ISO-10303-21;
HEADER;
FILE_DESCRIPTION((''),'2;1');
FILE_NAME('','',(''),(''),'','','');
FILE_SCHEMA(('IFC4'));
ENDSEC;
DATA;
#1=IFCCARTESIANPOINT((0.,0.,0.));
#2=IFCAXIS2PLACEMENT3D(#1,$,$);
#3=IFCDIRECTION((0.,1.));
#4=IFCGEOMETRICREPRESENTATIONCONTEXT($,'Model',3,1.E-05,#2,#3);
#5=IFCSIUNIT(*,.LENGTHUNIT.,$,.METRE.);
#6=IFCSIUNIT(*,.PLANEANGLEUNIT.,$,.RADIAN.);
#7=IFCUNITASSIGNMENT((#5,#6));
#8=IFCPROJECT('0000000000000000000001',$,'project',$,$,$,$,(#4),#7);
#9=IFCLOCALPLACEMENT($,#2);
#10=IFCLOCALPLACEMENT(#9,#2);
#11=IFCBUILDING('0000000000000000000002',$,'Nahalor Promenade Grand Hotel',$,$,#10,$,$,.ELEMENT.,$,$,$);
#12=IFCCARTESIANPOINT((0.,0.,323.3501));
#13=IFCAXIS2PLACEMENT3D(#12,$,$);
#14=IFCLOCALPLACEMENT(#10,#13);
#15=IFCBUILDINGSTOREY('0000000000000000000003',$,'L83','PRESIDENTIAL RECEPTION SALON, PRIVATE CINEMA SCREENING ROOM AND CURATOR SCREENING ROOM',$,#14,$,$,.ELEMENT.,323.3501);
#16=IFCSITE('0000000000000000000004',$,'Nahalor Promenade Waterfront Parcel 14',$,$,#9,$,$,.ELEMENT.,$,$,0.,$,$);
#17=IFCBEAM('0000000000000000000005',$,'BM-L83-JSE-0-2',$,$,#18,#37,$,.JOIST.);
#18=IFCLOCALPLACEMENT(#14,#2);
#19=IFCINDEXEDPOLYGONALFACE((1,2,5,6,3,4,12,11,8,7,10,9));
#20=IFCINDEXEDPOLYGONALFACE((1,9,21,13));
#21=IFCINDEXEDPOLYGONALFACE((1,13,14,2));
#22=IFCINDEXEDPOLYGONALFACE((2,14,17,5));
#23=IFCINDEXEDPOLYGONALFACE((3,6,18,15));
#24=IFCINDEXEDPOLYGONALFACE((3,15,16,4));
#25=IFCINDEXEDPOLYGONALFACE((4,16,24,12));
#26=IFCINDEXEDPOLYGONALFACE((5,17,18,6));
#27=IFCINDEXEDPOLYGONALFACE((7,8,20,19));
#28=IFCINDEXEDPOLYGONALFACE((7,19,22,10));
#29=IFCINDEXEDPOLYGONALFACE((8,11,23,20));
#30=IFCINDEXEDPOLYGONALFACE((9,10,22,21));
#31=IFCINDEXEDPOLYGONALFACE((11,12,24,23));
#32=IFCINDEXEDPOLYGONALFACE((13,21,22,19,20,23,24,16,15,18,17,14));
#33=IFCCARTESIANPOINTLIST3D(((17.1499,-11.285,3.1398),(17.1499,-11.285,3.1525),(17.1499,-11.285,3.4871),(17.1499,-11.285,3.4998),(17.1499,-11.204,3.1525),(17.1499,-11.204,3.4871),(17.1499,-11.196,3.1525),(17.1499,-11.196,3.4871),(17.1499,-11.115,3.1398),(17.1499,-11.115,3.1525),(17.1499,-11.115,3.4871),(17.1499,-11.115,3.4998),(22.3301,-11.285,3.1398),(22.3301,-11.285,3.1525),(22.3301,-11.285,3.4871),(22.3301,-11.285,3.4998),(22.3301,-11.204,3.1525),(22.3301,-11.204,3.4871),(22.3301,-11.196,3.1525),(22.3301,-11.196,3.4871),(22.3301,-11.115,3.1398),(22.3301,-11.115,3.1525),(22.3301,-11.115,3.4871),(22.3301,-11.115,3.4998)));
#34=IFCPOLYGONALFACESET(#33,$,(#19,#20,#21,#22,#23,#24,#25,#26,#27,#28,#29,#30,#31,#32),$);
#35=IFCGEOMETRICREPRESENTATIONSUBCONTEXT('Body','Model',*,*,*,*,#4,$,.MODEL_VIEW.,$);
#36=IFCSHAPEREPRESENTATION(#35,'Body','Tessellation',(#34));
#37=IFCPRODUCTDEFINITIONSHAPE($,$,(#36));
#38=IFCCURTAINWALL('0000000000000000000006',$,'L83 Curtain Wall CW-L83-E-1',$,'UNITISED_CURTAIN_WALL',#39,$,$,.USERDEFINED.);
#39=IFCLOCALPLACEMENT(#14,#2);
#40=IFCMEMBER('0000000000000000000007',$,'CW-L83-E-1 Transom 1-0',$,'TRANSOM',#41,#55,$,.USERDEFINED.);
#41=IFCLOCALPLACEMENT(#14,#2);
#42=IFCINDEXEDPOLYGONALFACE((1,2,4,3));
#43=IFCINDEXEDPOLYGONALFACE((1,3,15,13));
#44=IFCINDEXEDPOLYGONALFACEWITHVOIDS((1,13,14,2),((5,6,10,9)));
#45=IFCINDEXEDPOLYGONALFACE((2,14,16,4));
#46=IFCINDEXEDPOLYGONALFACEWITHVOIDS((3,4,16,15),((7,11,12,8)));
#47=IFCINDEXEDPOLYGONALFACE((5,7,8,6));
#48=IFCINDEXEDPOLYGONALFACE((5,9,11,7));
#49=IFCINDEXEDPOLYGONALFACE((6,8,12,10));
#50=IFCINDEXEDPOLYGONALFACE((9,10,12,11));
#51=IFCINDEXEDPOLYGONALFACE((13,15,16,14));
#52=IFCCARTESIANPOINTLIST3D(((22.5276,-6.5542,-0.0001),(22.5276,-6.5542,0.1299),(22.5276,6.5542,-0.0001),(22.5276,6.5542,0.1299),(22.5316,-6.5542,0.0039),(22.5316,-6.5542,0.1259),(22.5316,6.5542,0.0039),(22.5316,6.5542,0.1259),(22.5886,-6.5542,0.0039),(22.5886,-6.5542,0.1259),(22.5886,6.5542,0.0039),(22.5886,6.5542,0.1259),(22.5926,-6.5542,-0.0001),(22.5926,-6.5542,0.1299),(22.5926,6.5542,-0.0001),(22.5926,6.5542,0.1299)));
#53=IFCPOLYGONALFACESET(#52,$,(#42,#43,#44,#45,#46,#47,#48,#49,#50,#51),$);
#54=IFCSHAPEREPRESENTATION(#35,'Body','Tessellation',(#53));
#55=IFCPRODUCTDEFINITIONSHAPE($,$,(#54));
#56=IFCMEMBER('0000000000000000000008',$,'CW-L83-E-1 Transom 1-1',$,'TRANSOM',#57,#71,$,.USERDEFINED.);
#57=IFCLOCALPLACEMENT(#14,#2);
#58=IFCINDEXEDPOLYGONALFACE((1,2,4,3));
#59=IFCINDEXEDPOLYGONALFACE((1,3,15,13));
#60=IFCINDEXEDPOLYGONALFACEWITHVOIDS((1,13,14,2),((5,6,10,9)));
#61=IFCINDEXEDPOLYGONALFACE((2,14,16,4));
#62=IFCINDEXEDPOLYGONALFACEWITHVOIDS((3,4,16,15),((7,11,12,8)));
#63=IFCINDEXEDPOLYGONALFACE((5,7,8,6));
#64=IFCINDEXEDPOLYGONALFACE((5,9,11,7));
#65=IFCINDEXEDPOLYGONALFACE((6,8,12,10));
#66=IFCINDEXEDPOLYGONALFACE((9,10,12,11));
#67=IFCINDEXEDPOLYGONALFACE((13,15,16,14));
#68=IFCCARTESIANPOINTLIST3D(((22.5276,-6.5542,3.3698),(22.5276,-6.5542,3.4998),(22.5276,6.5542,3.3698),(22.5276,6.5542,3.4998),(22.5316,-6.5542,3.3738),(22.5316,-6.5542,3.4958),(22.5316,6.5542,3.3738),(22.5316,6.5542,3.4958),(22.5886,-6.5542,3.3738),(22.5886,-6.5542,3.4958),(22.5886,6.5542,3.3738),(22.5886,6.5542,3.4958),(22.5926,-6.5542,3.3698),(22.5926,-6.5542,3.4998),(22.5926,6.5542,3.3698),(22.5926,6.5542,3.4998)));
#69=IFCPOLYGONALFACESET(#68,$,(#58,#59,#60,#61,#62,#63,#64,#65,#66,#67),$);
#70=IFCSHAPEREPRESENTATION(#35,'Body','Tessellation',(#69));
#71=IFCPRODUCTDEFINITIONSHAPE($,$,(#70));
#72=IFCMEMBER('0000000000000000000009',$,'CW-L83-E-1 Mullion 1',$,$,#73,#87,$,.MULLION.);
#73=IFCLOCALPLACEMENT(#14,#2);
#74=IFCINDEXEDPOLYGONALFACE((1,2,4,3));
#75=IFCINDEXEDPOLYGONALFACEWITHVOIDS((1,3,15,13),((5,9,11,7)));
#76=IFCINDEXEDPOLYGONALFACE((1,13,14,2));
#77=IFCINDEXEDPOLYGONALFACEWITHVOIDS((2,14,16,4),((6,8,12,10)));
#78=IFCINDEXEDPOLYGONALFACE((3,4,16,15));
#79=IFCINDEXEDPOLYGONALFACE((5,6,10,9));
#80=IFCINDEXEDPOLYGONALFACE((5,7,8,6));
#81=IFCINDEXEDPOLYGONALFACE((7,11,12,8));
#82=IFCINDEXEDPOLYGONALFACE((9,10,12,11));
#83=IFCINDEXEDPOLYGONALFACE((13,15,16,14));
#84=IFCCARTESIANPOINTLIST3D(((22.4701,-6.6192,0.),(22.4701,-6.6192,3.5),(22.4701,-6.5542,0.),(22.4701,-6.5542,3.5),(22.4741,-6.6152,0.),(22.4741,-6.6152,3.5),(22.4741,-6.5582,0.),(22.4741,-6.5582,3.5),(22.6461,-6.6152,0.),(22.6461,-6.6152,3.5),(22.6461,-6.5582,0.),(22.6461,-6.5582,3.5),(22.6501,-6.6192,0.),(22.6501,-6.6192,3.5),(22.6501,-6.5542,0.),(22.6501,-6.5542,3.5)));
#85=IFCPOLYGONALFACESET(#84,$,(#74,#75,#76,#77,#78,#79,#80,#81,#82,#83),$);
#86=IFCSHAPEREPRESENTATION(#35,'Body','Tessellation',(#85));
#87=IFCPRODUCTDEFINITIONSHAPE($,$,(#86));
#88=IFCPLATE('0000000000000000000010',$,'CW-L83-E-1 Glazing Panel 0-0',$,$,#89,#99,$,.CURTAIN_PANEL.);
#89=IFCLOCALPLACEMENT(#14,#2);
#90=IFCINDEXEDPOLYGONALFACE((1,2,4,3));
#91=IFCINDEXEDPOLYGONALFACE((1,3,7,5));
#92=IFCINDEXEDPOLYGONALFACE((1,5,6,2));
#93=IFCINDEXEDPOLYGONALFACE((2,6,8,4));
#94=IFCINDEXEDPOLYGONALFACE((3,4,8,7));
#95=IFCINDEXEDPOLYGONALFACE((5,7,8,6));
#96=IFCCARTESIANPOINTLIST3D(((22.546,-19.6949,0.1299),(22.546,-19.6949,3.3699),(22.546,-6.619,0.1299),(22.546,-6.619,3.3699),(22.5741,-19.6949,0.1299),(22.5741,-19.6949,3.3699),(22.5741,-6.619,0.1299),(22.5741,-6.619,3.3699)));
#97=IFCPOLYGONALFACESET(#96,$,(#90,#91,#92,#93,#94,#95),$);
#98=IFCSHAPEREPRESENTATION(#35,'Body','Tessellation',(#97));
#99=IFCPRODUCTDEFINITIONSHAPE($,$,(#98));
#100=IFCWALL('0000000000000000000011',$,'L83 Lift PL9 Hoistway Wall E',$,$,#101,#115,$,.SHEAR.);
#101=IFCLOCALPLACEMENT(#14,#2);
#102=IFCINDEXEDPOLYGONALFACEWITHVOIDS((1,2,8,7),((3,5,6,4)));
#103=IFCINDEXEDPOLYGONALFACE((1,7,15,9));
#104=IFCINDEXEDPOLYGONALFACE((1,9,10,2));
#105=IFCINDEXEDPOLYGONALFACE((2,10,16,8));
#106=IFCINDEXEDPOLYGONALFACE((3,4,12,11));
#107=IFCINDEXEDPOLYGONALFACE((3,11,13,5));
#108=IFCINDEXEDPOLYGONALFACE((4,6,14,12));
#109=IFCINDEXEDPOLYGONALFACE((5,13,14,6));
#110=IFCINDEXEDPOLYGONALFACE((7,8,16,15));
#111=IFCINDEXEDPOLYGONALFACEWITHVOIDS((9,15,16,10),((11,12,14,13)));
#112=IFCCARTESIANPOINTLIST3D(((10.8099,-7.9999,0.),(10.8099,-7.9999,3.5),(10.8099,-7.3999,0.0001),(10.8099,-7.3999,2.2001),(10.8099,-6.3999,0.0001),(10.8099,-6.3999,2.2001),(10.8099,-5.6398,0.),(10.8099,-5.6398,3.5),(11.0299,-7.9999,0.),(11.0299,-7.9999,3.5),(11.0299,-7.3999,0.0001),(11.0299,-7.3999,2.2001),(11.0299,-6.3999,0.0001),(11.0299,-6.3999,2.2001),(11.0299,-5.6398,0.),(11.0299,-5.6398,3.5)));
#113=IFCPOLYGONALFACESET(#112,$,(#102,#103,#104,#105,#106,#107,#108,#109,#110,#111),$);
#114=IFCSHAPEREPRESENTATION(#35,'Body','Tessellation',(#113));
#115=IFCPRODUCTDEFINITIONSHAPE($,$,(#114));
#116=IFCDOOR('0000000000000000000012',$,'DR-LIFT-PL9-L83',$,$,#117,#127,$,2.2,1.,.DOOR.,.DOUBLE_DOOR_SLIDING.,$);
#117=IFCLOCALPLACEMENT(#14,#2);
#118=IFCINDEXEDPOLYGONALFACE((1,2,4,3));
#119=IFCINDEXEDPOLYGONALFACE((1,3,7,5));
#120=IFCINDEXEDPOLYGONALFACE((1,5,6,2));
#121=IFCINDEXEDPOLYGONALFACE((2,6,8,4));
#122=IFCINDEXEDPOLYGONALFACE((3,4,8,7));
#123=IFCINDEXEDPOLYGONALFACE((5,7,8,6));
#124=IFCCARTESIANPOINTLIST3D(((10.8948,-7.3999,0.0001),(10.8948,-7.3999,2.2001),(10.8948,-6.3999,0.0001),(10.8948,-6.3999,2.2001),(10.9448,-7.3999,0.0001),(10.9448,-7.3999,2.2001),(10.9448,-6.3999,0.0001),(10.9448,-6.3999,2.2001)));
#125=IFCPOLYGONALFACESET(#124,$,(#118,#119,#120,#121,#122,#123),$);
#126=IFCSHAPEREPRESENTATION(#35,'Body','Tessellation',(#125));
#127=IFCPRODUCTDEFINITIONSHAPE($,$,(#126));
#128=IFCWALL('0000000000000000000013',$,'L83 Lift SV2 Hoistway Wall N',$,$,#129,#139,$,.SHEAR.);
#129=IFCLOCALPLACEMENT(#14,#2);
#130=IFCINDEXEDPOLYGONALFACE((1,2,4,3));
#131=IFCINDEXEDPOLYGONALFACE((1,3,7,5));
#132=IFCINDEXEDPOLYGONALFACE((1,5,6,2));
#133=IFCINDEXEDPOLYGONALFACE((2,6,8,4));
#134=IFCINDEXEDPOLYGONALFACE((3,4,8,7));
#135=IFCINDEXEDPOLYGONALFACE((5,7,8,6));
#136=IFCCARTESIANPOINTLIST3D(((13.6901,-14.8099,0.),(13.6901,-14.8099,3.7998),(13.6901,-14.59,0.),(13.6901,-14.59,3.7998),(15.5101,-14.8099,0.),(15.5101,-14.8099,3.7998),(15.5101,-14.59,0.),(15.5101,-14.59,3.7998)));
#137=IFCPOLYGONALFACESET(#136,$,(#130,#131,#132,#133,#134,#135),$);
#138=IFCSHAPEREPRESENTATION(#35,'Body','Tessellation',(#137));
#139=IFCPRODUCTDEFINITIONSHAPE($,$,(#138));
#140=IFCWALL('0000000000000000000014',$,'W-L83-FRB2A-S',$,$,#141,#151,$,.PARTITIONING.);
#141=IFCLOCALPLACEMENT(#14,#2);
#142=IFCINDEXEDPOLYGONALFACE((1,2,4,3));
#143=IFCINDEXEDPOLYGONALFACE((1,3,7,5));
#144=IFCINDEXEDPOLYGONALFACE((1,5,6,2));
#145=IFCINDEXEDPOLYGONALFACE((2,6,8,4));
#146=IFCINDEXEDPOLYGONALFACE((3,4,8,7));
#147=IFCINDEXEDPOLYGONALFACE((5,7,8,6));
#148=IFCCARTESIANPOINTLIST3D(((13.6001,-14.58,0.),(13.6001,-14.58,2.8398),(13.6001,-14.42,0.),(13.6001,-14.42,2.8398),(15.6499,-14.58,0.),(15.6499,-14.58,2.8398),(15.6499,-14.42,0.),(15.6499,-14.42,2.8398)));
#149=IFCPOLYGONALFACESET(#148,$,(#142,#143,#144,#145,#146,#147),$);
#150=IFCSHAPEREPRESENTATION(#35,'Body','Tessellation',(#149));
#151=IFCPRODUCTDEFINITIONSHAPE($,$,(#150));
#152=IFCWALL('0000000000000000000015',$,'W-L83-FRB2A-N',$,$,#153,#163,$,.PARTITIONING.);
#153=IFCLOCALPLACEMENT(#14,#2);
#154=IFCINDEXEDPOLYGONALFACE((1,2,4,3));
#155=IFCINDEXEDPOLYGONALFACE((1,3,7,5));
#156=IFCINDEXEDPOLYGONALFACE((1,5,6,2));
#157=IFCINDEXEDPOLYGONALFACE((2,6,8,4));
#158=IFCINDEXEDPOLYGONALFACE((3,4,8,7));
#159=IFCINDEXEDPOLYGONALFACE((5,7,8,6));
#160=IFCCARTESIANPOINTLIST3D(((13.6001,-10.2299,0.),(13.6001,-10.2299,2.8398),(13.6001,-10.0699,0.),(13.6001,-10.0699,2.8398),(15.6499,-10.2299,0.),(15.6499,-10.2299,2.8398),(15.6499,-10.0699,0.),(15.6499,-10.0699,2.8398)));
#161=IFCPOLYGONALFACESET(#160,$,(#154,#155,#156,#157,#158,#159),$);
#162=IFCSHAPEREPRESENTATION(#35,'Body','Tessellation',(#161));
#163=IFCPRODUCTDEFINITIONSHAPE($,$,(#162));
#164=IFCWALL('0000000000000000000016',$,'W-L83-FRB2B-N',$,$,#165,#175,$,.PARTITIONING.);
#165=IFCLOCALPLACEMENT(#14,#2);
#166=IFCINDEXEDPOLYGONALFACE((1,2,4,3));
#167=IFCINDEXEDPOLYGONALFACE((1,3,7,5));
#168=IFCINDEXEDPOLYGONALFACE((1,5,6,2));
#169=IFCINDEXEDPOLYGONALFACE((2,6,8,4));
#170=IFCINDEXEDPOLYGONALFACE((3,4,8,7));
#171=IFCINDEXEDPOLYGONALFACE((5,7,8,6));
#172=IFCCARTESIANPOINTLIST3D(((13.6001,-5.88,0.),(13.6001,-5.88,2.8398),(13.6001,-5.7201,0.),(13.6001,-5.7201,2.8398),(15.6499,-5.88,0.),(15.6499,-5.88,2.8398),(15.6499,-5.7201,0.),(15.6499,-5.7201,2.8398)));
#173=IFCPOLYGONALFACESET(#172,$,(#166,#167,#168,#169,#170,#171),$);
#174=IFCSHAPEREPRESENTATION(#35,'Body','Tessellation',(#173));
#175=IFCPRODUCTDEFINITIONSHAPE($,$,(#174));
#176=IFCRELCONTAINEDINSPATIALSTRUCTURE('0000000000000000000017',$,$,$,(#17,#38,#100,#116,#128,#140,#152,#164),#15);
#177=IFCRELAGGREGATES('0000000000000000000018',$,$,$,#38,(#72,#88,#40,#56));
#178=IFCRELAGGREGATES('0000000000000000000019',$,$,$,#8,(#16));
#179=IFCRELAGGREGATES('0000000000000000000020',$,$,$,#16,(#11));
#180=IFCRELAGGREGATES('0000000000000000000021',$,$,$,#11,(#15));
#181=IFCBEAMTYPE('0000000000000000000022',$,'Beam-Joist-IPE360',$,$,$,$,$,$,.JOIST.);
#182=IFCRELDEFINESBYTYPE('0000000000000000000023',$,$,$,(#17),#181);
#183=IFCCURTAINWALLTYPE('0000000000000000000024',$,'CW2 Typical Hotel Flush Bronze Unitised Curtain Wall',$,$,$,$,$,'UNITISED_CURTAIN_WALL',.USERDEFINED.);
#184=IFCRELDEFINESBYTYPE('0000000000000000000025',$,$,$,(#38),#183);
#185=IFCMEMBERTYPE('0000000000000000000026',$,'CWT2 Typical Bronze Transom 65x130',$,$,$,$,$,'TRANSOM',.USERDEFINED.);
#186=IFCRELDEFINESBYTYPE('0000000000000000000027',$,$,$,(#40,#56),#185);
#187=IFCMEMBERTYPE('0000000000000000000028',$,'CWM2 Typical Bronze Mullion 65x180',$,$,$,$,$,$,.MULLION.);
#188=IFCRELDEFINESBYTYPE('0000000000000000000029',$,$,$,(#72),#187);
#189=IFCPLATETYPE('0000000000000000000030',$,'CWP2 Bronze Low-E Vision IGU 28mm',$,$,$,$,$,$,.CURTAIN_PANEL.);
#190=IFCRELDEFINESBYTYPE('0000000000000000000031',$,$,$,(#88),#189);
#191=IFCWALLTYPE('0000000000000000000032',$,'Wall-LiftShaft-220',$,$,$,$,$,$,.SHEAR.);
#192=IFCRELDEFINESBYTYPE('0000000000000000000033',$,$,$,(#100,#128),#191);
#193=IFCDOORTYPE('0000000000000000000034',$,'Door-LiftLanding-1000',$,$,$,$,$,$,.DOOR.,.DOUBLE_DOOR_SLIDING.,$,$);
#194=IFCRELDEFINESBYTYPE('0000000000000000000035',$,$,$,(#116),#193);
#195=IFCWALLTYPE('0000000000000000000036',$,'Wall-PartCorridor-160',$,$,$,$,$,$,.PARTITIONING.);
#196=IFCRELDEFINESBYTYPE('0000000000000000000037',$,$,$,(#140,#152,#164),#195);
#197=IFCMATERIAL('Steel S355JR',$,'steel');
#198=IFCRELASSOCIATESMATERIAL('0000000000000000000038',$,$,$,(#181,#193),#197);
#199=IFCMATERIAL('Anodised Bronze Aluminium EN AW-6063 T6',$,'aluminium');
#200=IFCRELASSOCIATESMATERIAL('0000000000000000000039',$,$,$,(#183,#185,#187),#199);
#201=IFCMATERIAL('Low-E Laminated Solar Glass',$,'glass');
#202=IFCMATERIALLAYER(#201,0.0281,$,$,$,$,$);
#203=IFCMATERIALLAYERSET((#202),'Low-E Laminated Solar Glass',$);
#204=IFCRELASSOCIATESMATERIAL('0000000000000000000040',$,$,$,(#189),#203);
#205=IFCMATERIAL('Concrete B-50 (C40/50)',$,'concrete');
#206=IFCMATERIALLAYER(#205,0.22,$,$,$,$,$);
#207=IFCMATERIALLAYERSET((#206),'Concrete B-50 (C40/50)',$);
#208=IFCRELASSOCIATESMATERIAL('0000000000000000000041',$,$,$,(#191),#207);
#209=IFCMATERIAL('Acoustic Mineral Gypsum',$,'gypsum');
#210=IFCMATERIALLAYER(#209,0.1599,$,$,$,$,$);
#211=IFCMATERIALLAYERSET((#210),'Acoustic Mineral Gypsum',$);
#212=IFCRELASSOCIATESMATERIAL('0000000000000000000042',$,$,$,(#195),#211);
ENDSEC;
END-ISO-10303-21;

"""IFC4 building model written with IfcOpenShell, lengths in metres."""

from ifc_helpers import new_model, si_unit, direction, frame, frame_2d, origin, origin_2d, place, context, subcontext, project, spatial, rectangle, hollow_rectangle, i_section, extrude, source, transform, mapped, material, layer, layer_set, material_profile, profile_set, type_object, element, fill, aggregate, save


model = new_model("IFC4")

# Units and contexts
model_context = context("Model", 3, precision=1e-05, world=origin(), true_north=direction((0.0, 1.0)))
body_context = subcontext(model_context, "Body", "Model", "MODEL_VIEW")
ifc_project = project(units=[si_unit("LENGTHUNIT", "METRE"), si_unit("PLANEANGLEUNIT", "RADIAN")], contexts=[model_context])

# Site, building, storey
site_placement = place(None, origin())
site = spatial("IfcSite", under=ifc_project, at=site_placement, Name="Nahalor Promenade Waterfront Parcel 14", CompositionType="ELEMENT", RefElevation=0.0)
building_placement = place(site_placement, origin())
building = spatial("IfcBuilding", under=site, at=building_placement, Name="Nahalor Promenade Grand Hotel", CompositionType="ELEMENT")
storey_placement = place(building_placement, frame((0.0, 0.0, 323.3501)))
storey = spatial("IfcBuildingStorey", under=building, at=storey_placement, Name="L83", Description="PRESIDENTIAL RECEPTION SALON, PRIVATE CINEMA SCREENING ROOM AND CURATOR SCREENING ROOM", CompositionType="ELEMENT", Elevation=323.3501)

# Shared definitions
ifc_material_1 = material(Name="Steel S355JR", Category="steel")

# Beam
ifc_material_profile_1 = material_profile(ifc_material_1, i_section(OverallWidth=0.17, OverallDepth=0.36, WebThickness=0.008, FlangeThickness=0.0127, at=origin_2d()), Name="IPE 360")
ifc_profile_set_1 = profile_set([ifc_material_profile_1], Name="Steel S355JR")
beam_type_1 = type_object("IfcBeamType", Name="Beam-Joist-IPE360", PredefinedType="JOIST", material=ifc_profile_set_1)
shared_shape_1 = source(origin(), body_context, "Body", "SweptSolid", [
    extrude(i_section(OverallWidth=0.17, OverallDepth=0.36, WebThickness=0.008, FlangeThickness=0.0127, at=origin_2d()), origin(), (0.0, 0.0, 1.0), 5.1802),
])
beam_1_placement = place(storey_placement, frame((17.1499, -11.2, 3.3198), z_axis=(1.0, 0.0, 0.0), x_axis=(0.0, 1.0, 0.0)))
element("IfcBeam", 1, at=beam_1_placement, inside=storey, type_object=beam_type_1, Name="BM-L83-JSE-0-2", PredefinedType="JOIST", context=body_context, shape_type="MappedRepresentation", body=[
    mapped(shared_shape_1, transform((0.0, 0.0, 0.0), scale=1.0)),
])

# Curtain wall, members, plate
ifc_material_2 = material(Name="Anodised Bronze Aluminium EN AW-6063 T6", Category="aluminium")
curtain_wall_type = type_object("IfcCurtainWallType", Name="CW2 Typical Hotel Flush Bronze Unitised Curtain Wall", ElementType="UNITISED_CURTAIN_WALL", PredefinedType="USERDEFINED", material=ifc_material_2)
curtain_wall_placement = place(storey_placement, origin())
curtain_wall = element("IfcCurtainWall", 2, at=curtain_wall_placement, inside=storey, type_object=curtain_wall_type, Name="L83 Curtain Wall CW-L83-E-1", ObjectType="UNITISED_CURTAIN_WALL", PredefinedType="USERDEFINED")
ifc_material_profile_2 = material_profile(ifc_material_2, hollow_rectangle(XDim=0.065, YDim=0.13, WallThickness=0.004, at=origin_2d()), Name="CWT 65x130x4")
ifc_profile_set_2 = profile_set([ifc_material_profile_2], Name="Anodised Bronze Aluminium EN AW-6063 T6")
member_type_1 = type_object("IfcMemberType", Name="CWT2 Typical Bronze Transom 65x130", ElementType="TRANSOM", PredefinedType="USERDEFINED", material=ifc_profile_set_2)
shared_shape_2 = source(origin(), body_context, "Body", "SweptSolid", [
    extrude(hollow_rectangle(XDim=0.065, YDim=0.13, WallThickness=0.004, at=origin_2d()), origin(), (0.0, 0.0, 1.0), 13.1084),
])
member_1_placement = place(storey_placement, frame((22.5601, -6.5542, 0.0649), z_axis=(0.0, 1.0, 0.0), x_axis=(-1.0, 0.0, 0.0)))
member_1 = element("IfcMember", 3, at=member_1_placement, type_object=member_type_1, Name="CW-L83-E-1 Transom 1-0", ObjectType="TRANSOM", PredefinedType="USERDEFINED", context=body_context, shape_type="MappedRepresentation", body=[
    mapped(shared_shape_2, transform((0.0, 0.0, 0.0), scale=1.0)),
])
member_2_placement = place(storey_placement, frame((22.5601, -6.5542, 3.4348), z_axis=(0.0, 1.0, 0.0), x_axis=(-1.0, 0.0, 0.0)))
member_2 = element("IfcMember", 4, at=member_2_placement, type_object=member_type_1, Name="CW-L83-E-1 Transom 1-1", ObjectType="TRANSOM", PredefinedType="USERDEFINED", context=body_context, shape_type="MappedRepresentation", body=[
    mapped(shared_shape_2, transform((0.0, 0.0, 0.0), scale=1.0)),
])
ifc_material_profile_3 = material_profile(ifc_material_2, hollow_rectangle(XDim=0.065, YDim=0.18, WallThickness=0.004, at=origin_2d()), Name="CWM 65x180x4")
ifc_profile_set_3 = profile_set([ifc_material_profile_3], Name="Anodised Bronze Aluminium EN AW-6063 T6")
member_type_2 = type_object("IfcMemberType", Name="CWM2 Typical Bronze Mullion 65x180", PredefinedType="MULLION", material=ifc_profile_set_3)
shared_shape_3 = source(origin(), body_context, "Body", "SweptSolid", [
    extrude(hollow_rectangle(XDim=0.065, YDim=0.18, WallThickness=0.004, at=origin_2d()), origin(), (0.0, 0.0, 1.0), 3.5),
])
member_3_placement = place(storey_placement, frame((22.5601, -6.5867, 0.0), z_axis=(0.0, 0.0, 1.0), x_axis=(0.0, 1.0, 0.0)))
member_3 = element("IfcMember", 5, at=member_3_placement, type_object=member_type_2, Name="CW-L83-E-1 Mullion 1", PredefinedType="MULLION", context=body_context, shape_type="MappedRepresentation", body=[
    mapped(shared_shape_3, transform((0.0, 0.0, 0.0), scale=1.0)),
])
ifc_material_3 = material(Name="Low-E Laminated Solar Glass", Category="glass")
ifc_layer_1 = layer(ifc_material_3, 0.0281)
ifc_layer_set_1 = layer_set([ifc_layer_1], Name="Low-E Laminated Solar Glass")
plate_type = type_object("IfcPlateType", Name="CWP2 Bronze Low-E Vision IGU 28mm", PredefinedType="CURTAIN_PANEL", material=ifc_layer_set_1)
shared_shape_4 = source(origin(), body_context, "Body", "SweptSolid", [
    extrude(rectangle(XDim=13.0759, YDim=0.0281, at=origin_2d()), origin(), (0.0, 0.0, 1.0), 3.24),
])
plate_placement = place(storey_placement, frame((22.5601, -13.157, 0.1299), z_axis=(0.0, 0.0, 1.0), x_axis=(0.0, 1.0, 0.0)))
plate = element("IfcPlate", 6, at=plate_placement, type_object=plate_type, Name="CW-L83-E-1 Glazing Panel 0-0", PredefinedType="CURTAIN_PANEL", context=body_context, shape_type="MappedRepresentation", body=[
    mapped(shared_shape_4, transform((0.0, 0.0, 0.0), scale=1.0)),
])
aggregate(curtain_wall, [member_3, plate, member_1, member_2])

# Wall, opening, door
ifc_material_4 = material(Name="Concrete B-50 (C40/50)", Category="concrete")
ifc_layer_2 = layer(ifc_material_4, 0.22)
ifc_layer_set_2 = layer_set([ifc_layer_2], Name="Concrete B-50 (C40/50)")
wall_type_1 = type_object("IfcWallType", Name="Wall-LiftShaft-220", PredefinedType="SHEAR", material=ifc_layer_set_2)
shared_shape_5 = source(origin(), body_context, "Body", "SweptSolid", [
    extrude(rectangle(XDim=2.3601, YDim=0.22, at=frame_2d((1.1802, 0.0))), origin(), (0.0, 0.0, 1.0), 3.5),
])
wall_1_placement = place(storey_placement, frame((10.9199, -8.0, 0.0), z_axis=(0.0, 0.0, 1.0), x_axis=(0.0, 1.0, 0.0)))
wall_1 = element("IfcWall", 7, at=wall_1_placement, inside=storey, type_object=wall_type_1, Name="L83 Lift PL9 Hoistway Wall E", PredefinedType="SHEAR", context=body_context, shape_type="MappedRepresentation", body=[
    mapped(shared_shape_5, transform((0.0, 0.0, 0.0), scale=1.0)),
])
opening_1_placement = place(wall_1_placement, frame((0.6001, 0.0, 0.0)))
opening_1 = element("IfcOpeningElement", 8, at=opening_1_placement, cuts=wall_1, PredefinedType="OPENING", context=body_context, shape_type="SweptSolid", body=[
    extrude(rectangle(XDim=1.0, YDim=2.2, at=frame_2d((0.5, 1.1001))), frame((0.0, 0.1199, 0.0), z_axis=(0.0, -1.0, 0.0), x_axis=(1.0, 0.0, 0.0)), (0.0, 0.0, 1.0), 0.24),
])
door_type_1 = type_object("IfcDoorType", Name="Door-LiftLanding-1000", OperationType="DOUBLE_DOOR_SLIDING", PredefinedType="DOOR", material=ifc_material_1)
shared_shape_6 = source(origin(), body_context, "Body", "SweptSolid", [
    extrude(rectangle(XDim=1.0, YDim=2.2, at=frame_2d((0.5, 1.1001))), frame((0.0, 0.0249, 0.0), z_axis=(0.0, -1.0, 0.0), x_axis=(1.0, 0.0, 0.0)), (0.0, 0.0, 1.0), 0.05),
])
door_1_placement = place(opening_1_placement, frame((1.0, 0.0, 0.0), z_axis=(0.0, 0.0, 1.0), x_axis=(-1.0, 0.0, 0.0)))
door_1 = element("IfcDoor", 9, at=door_1_placement, inside=storey, type_object=door_type_1, Name="DR-LIFT-PL9-L83", OperationType="DOUBLE_DOOR_SLIDING", OverallHeight=2.2, OverallWidth=1.0, PredefinedType="DOOR", context=body_context, shape_type="MappedRepresentation", body=[
    mapped(shared_shape_6, transform((0.0, 0.0, 0.0), scale=1.0)),
])
fill(opening_1, door_1)

# Wall
shared_shape_7 = source(origin(), body_context, "Body", "SweptSolid", [
    extrude(rectangle(XDim=1.8201, YDim=0.22, at=frame_2d((0.9102, 0.0))), origin(), (0.0, 0.0, 1.0), 3.7998),
])
wall_2_placement = place(storey_placement, frame((13.6899, -14.7, 0.0), z_axis=(0.0, 0.0, 1.0), x_axis=(1.0, 0.0, 0.0)))
element("IfcWall", 10, at=wall_2_placement, inside=storey, type_object=wall_type_1, Name="L83 Lift SV2 Hoistway Wall N", PredefinedType="SHEAR", context=body_context, shape_type="MappedRepresentation", body=[
    mapped(shared_shape_7, transform((0.0, 0.0, 0.0), scale=1.0)),
])

# Walls
ifc_material_5 = material(Name="Acoustic Mineral Gypsum", Category="gypsum")
ifc_layer_3 = layer(ifc_material_5, 0.1599)
ifc_layer_set_3 = layer_set([ifc_layer_3], Name="Acoustic Mineral Gypsum")
wall_type_2 = type_object("IfcWallType", Name="Wall-PartCorridor-160", PredefinedType="PARTITIONING", material=ifc_layer_set_3)
shared_shape_8 = source(origin(), body_context, "Body", "SweptSolid", [
    extrude(rectangle(XDim=2.0498, YDim=0.1599, at=frame_2d((1.0249, 0.0))), origin(), (0.0, 0.0, 1.0), 2.8398),
])
for number, where, z_axis, x_axis, name in (
    (11, (13.6001, -14.5, 0.0), (0.0, 0.0, 1.0), (1.0, 0.0, 0.0), "W-L83-FRB2A-S"),
    (12, (13.6001, -10.1499, 0.0), (0.0, 0.0, 1.0), (1.0, 0.0, 0.0), "W-L83-FRB2A-N"),
    (13, (13.6001, -5.8, 0.0), (0.0, 0.0, 1.0), (1.0, 0.0, 0.0), "W-L83-FRB2B-N"),
):
    element("IfcWall", number, at=place(storey_placement, frame(where, z_axis=z_axis, x_axis=x_axis)), inside=storey, type_object=wall_type_2, Name=name, PredefinedType="PARTITIONING", context=body_context, shape_type="MappedRepresentation", body=[
        mapped(shared_shape_8, transform((0.0, 0.0, 0.0), scale=1.0)),
    ])

save(model, "model.ifc")
